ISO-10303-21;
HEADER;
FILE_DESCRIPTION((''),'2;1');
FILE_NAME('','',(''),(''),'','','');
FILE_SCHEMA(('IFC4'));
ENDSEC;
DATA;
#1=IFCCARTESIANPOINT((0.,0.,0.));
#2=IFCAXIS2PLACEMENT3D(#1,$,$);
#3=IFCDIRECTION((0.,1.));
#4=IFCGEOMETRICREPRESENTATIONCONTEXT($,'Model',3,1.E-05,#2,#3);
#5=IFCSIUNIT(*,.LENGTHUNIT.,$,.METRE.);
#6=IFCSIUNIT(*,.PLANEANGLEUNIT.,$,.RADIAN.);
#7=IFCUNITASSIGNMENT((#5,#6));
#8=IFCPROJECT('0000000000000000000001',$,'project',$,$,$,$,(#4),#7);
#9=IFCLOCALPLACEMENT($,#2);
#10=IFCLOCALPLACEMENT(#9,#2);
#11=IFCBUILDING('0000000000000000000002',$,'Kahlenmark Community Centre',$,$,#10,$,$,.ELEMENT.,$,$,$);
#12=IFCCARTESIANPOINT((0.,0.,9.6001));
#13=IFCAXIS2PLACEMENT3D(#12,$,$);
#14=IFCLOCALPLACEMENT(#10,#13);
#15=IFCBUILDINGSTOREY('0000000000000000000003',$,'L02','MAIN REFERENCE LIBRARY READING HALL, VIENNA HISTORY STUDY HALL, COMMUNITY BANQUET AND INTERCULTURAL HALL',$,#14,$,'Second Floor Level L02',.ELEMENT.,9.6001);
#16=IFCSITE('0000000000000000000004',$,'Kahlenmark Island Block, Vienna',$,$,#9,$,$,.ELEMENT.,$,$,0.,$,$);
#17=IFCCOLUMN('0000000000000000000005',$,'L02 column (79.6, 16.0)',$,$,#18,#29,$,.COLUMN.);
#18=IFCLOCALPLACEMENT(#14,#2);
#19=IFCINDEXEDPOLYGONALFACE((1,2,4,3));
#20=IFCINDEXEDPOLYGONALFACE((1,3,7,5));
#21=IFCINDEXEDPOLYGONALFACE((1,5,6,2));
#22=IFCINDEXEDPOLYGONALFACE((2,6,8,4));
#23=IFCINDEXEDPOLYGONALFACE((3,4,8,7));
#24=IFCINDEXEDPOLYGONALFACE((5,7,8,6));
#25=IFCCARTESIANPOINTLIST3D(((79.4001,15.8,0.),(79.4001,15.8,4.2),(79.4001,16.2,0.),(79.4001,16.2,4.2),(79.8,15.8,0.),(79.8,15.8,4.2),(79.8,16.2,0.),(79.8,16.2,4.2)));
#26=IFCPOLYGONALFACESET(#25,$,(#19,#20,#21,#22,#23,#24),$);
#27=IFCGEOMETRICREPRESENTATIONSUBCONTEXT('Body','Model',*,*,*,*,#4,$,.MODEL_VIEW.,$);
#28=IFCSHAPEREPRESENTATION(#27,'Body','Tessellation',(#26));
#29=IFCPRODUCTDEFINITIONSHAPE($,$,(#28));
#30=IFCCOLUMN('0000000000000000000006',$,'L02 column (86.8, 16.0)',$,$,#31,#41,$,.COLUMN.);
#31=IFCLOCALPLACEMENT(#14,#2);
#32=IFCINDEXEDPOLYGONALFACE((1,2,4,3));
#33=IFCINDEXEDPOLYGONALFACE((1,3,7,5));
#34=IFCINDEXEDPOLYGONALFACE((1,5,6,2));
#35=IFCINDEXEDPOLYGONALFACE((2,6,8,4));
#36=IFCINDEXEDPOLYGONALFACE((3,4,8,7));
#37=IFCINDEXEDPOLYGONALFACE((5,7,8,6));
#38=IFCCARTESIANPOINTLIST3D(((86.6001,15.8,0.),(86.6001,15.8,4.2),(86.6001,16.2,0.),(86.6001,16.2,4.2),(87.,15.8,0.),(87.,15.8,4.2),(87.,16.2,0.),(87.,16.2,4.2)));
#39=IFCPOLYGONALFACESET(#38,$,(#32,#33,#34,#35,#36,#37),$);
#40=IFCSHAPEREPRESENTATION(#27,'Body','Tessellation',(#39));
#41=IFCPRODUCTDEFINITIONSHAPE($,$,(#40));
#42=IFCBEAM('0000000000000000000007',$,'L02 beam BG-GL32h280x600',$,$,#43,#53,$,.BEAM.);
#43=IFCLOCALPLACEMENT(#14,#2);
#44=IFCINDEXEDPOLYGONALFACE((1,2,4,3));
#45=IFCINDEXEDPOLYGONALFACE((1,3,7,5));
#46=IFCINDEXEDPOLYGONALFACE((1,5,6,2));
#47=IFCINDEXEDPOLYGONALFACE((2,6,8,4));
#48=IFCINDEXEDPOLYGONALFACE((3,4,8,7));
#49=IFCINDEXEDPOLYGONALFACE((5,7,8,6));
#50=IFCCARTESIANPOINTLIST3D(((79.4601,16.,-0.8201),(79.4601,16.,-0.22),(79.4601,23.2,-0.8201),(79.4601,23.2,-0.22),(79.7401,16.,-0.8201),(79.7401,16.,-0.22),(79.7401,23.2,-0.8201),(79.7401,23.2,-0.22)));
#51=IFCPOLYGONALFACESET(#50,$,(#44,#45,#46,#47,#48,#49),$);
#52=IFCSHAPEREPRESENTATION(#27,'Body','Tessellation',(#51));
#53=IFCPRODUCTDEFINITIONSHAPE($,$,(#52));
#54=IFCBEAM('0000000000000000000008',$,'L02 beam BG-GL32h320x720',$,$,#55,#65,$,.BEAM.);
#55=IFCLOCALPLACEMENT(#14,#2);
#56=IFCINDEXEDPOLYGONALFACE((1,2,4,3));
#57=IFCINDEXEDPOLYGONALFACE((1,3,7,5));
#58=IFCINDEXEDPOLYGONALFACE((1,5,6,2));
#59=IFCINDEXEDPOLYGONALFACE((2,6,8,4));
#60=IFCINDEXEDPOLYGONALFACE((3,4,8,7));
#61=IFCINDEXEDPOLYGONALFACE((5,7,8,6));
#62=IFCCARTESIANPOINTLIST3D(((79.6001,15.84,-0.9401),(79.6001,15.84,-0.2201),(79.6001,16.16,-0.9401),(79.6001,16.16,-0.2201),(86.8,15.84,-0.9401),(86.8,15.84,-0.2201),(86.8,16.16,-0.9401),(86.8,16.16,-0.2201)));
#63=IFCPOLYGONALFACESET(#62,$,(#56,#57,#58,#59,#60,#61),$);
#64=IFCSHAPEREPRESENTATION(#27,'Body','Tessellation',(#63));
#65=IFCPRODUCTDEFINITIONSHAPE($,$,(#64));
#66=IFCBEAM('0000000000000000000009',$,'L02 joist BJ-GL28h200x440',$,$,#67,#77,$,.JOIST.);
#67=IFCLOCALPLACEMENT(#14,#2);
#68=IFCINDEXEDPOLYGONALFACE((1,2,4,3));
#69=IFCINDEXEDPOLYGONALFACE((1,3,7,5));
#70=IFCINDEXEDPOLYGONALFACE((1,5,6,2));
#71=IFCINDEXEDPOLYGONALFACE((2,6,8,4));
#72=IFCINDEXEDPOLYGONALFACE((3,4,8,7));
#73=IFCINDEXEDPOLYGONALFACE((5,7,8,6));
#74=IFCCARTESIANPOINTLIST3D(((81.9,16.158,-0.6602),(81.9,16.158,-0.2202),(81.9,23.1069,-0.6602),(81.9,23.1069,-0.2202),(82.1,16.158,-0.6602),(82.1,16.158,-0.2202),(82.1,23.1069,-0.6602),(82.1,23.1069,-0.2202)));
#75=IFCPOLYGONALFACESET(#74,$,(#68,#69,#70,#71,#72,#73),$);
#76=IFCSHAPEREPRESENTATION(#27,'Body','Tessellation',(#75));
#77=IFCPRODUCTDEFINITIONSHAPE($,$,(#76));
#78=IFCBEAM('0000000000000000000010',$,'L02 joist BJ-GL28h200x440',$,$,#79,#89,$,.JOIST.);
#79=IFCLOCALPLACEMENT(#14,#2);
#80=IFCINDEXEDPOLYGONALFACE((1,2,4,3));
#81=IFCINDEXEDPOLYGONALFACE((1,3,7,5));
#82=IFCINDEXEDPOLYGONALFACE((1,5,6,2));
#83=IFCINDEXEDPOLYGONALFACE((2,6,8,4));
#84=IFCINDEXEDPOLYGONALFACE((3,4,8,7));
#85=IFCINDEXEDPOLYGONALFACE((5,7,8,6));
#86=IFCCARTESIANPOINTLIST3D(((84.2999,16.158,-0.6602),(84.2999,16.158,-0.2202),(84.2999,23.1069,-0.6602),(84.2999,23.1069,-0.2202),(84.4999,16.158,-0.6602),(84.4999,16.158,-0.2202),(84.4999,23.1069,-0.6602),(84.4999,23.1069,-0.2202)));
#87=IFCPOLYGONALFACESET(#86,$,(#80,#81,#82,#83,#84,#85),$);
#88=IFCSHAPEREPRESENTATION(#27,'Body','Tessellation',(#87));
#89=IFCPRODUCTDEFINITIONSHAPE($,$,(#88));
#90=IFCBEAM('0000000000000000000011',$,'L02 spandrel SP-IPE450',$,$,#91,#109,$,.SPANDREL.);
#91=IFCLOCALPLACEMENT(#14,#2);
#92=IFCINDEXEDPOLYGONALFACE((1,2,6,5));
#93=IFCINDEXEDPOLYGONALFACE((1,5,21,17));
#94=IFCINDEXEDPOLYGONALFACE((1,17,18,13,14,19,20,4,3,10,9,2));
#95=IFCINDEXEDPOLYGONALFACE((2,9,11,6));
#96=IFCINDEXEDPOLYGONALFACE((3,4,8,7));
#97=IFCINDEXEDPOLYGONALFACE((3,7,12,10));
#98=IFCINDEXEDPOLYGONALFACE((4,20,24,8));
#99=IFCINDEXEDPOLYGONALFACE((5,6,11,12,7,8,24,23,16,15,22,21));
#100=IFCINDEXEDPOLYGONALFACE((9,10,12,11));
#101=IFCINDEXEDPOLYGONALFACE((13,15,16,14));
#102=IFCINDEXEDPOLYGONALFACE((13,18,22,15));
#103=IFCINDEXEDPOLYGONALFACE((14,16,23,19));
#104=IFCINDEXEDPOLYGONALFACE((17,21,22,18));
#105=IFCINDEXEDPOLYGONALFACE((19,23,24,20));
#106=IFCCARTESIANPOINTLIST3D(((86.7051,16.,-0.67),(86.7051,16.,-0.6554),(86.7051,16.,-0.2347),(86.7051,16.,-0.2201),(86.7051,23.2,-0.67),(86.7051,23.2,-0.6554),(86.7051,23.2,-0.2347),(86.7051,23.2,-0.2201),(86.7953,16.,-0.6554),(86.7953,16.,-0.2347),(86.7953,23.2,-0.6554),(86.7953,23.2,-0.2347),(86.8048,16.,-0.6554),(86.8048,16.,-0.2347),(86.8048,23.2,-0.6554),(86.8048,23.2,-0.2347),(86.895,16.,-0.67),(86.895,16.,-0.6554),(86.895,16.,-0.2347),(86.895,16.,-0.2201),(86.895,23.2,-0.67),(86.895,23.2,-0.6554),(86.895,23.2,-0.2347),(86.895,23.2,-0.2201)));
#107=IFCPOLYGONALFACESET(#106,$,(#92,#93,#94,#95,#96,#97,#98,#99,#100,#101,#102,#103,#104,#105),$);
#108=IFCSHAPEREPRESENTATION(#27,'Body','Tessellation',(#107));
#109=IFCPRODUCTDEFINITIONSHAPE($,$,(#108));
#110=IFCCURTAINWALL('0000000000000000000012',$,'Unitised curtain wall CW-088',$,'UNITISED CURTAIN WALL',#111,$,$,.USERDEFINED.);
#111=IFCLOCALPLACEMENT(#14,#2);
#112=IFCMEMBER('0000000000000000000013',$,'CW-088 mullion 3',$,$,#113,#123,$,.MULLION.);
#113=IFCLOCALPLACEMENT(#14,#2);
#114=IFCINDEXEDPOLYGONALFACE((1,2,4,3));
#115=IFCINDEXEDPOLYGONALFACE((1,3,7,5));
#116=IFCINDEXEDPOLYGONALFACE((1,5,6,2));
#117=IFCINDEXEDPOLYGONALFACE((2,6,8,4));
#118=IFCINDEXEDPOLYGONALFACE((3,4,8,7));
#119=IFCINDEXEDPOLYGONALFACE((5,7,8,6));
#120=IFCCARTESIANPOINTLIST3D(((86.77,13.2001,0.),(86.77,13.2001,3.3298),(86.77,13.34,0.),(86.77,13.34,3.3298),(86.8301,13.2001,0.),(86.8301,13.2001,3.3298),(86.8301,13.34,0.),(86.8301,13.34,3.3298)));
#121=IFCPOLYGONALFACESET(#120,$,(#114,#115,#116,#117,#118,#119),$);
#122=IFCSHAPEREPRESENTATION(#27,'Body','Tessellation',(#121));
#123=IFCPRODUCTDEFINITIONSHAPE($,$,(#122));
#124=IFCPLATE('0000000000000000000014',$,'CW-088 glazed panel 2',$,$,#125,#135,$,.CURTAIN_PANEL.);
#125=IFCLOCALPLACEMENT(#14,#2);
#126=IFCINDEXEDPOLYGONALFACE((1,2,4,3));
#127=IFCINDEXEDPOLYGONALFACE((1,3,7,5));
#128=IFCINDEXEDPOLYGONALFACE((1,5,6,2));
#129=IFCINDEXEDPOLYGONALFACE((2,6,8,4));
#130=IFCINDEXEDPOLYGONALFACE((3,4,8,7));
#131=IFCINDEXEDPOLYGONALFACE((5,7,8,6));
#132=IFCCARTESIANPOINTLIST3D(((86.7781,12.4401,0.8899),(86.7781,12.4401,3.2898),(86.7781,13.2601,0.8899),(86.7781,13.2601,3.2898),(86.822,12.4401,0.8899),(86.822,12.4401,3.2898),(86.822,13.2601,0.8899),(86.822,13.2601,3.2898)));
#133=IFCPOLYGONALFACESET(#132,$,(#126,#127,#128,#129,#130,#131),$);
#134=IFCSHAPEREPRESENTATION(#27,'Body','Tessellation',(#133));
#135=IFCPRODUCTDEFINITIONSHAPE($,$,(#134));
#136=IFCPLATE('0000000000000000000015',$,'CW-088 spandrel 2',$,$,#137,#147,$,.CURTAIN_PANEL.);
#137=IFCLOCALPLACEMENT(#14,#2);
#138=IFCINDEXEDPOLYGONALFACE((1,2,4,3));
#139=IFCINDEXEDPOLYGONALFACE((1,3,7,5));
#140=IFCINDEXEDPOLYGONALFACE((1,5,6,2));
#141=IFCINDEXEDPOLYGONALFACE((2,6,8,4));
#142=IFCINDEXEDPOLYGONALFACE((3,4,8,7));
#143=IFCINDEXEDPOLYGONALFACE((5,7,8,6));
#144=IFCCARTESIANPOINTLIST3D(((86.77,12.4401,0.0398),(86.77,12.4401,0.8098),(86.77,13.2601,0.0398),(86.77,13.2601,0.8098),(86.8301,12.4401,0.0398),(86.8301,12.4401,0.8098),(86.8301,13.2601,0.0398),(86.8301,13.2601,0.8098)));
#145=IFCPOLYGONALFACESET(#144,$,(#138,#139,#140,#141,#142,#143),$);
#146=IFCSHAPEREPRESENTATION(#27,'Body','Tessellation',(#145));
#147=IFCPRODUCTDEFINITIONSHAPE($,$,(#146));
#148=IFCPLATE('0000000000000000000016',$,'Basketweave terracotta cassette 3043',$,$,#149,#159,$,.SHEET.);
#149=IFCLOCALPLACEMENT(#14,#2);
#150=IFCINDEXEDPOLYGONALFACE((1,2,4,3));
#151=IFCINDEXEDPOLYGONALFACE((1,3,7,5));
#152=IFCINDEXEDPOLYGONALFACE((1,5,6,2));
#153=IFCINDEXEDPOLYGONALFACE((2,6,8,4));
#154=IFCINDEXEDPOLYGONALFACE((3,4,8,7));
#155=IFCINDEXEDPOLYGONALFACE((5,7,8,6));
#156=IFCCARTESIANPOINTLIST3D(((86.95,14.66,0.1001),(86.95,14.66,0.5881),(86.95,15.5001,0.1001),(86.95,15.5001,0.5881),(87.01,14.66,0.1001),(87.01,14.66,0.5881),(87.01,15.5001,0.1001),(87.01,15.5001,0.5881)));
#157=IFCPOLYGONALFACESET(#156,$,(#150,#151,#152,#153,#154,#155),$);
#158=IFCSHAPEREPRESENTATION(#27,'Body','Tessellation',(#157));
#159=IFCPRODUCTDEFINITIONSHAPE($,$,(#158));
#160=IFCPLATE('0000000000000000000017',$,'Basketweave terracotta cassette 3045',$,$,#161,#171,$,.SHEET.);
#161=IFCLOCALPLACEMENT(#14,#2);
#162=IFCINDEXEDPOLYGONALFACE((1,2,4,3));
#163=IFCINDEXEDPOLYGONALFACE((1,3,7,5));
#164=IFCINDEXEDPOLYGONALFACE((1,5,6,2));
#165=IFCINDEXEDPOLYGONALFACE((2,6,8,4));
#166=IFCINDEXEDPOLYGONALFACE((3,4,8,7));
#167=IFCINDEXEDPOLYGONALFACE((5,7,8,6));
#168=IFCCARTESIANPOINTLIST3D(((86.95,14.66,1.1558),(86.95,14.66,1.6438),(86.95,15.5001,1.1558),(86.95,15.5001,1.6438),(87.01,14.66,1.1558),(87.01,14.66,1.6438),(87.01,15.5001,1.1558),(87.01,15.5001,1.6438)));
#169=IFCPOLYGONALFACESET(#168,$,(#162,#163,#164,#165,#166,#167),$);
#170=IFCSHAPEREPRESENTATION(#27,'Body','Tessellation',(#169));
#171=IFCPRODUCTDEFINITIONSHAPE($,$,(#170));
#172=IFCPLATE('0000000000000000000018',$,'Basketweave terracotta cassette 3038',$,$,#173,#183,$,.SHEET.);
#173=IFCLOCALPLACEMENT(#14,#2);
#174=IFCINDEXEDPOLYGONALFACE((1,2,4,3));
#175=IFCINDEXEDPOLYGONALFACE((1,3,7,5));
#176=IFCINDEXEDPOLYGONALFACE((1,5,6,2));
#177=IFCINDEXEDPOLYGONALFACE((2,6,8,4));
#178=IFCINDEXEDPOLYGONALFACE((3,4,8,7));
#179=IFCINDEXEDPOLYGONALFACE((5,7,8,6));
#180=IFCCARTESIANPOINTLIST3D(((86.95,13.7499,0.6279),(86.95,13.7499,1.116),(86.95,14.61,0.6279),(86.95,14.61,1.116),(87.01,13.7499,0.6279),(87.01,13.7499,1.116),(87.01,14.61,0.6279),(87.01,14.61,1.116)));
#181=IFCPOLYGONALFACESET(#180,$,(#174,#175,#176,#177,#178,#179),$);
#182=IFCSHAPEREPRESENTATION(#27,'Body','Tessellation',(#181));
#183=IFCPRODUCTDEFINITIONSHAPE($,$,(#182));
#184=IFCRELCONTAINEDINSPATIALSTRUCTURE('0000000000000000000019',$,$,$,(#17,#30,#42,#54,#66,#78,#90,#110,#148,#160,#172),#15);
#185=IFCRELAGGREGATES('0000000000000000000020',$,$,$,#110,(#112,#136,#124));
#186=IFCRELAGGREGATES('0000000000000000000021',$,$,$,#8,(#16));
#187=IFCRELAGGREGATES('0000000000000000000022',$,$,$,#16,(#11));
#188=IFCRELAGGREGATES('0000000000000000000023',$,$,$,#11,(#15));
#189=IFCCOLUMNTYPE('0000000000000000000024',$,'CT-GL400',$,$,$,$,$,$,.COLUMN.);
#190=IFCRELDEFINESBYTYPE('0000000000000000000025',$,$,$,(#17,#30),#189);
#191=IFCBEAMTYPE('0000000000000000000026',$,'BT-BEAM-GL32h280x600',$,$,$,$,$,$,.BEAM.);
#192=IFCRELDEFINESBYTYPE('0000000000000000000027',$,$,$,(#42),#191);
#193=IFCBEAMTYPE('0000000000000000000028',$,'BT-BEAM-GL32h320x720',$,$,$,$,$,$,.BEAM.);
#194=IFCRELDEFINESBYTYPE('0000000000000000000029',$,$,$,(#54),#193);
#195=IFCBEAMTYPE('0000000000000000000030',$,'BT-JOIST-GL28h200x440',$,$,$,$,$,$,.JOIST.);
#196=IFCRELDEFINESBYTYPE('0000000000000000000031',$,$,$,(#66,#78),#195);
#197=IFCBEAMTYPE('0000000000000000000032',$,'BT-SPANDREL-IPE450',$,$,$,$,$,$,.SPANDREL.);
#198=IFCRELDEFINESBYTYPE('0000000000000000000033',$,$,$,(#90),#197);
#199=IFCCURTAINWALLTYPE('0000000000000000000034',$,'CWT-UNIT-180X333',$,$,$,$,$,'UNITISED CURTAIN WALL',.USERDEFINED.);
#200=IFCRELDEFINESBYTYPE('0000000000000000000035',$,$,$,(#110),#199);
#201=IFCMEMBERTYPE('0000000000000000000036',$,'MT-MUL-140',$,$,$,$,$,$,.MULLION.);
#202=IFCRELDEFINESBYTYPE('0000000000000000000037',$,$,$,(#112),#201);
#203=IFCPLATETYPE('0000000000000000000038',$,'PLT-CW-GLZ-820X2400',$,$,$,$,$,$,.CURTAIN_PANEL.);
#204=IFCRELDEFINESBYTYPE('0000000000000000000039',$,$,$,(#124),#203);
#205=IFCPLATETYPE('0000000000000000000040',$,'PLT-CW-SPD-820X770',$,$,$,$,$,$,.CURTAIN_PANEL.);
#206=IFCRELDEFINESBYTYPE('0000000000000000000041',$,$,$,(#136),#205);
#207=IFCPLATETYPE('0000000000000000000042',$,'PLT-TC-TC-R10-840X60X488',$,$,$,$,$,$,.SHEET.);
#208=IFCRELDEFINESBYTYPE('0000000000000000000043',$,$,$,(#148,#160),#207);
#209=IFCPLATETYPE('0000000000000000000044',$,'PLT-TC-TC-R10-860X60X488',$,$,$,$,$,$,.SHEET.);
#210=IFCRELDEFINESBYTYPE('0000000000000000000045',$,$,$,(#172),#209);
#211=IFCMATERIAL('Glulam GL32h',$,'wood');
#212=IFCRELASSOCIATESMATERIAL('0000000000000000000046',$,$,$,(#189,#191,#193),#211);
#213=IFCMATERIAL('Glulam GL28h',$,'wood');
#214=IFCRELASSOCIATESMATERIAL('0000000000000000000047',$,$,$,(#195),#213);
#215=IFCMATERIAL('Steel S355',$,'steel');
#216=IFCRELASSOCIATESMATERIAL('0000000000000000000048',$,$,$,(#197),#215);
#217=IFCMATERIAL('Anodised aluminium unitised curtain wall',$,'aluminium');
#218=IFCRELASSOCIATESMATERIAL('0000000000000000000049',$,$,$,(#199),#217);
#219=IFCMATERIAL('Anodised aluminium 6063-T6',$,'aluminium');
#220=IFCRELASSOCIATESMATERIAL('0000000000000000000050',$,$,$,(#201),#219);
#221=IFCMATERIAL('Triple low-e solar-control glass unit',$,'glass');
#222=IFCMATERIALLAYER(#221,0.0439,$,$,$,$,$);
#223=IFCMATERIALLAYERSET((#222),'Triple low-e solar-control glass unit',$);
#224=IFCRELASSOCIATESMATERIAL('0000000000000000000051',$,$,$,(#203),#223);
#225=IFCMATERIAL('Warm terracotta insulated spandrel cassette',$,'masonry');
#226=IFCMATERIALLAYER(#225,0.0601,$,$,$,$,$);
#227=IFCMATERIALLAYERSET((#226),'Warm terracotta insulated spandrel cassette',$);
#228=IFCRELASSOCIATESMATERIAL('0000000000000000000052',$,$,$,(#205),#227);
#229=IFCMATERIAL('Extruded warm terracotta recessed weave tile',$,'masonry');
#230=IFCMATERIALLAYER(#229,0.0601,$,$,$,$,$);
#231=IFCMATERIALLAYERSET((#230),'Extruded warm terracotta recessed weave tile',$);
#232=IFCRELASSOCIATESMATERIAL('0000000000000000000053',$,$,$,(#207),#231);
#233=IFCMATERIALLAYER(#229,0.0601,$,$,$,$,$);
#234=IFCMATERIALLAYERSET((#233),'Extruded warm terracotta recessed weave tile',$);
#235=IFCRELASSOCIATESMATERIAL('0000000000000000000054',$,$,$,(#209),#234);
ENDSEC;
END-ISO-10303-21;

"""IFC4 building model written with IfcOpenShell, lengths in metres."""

from ifc_helpers import new_model, si_unit, direction, frame, origin, origin_2d, place, context, subcontext, project, spatial, rectangle, i_section, extrude, material, layer, layer_set, material_profile, profile_set, type_object, element, aggregate, save


model = new_model("IFC4")

# Units and contexts
model_context = context("Model", 3, precision=1e-05, world=origin(), true_north=direction((0.0, 1.0)))
body_context = subcontext(model_context, "Body", "Model", "MODEL_VIEW")
ifc_project = project(units=[si_unit("LENGTHUNIT", "METRE"), si_unit("PLANEANGLEUNIT", "RADIAN")], contexts=[model_context])

# Site, building, storey
site_placement = place(None, origin())
site = spatial("IfcSite", under=ifc_project, at=site_placement, Name="Kahlenmark Island Block, Vienna", CompositionType="ELEMENT", RefElevation=0.0)
building_placement = place(site_placement, origin())
building = spatial("IfcBuilding", under=site, at=building_placement, Name="Kahlenmark Community Centre", CompositionType="ELEMENT")
storey_placement = place(building_placement, frame((0.0, 0.0, 9.6001)))
storey = spatial("IfcBuildingStorey", under=building, at=storey_placement, Name="L02", Description="MAIN REFERENCE LIBRARY READING HALL, VIENNA HISTORY STUDY HALL, COMMUNITY BANQUET AND INTERCULTURAL HALL", LongName="Second Floor Level L02", CompositionType="ELEMENT", Elevation=9.6001)

# Columns
ifc_material_1 = material(Name="Glulam GL32h", Category="wood")
ifc_material_profile_1 = material_profile(ifc_material_1, rectangle(XDim=0.3999, YDim=0.3999, at=origin_2d()), Name="GL32h 400x400")
ifc_profile_set_1 = profile_set([ifc_material_profile_1], Name="Glulam GL32h")
column_type = type_object("IfcColumnType", Name="CT-GL400", PredefinedType="COLUMN", material=ifc_profile_set_1)
for number, where, z_axis, x_axis, name in (
    (1, (79.6001, 16.0, 0.0), (0.0, 0.0, 1.0), (1.0, 0.0, 0.0), "L02 column (79.6, 16.0)"),
    (2, (86.8, 16.0, 0.0), (0.0, 0.0, 1.0), (1.0, 0.0, 0.0), "L02 column (86.8, 16.0)"),
):
    element("IfcColumn", number, at=place(storey_placement, frame(where, z_axis=z_axis, x_axis=x_axis)), inside=storey, type_object=column_type, Name=name, PredefinedType="COLUMN", context=body_context, shape_type="SweptSolid", body=[
        extrude(rectangle(XDim=0.3999, YDim=0.3999, at=origin_2d()), origin(), (0.0, 0.0, 1.0), 4.2),
    ])

# Beams
ifc_material_profile_2 = material_profile(ifc_material_1, rectangle(XDim=0.28, YDim=0.6001, at=origin_2d()), Name="GL32h 280x600")
ifc_profile_set_2 = profile_set([ifc_material_profile_2], Name="Glulam GL32h")
beam_type_1 = type_object("IfcBeamType", Name="BT-BEAM-GL32h280x600", PredefinedType="BEAM", material=ifc_profile_set_2)
beam_1_placement = place(storey_placement, frame((79.6001, 16.0, -0.52), z_axis=(0.0, 1.0, 0.0), x_axis=(-1.0, 0.0, 0.0)))
element("IfcBeam", 3, at=beam_1_placement, inside=storey, type_object=beam_type_1, Name="L02 beam BG-GL32h280x600", PredefinedType="BEAM", context=body_context, shape_type="SweptSolid", body=[
    extrude(rectangle(XDim=0.28, YDim=0.6001, at=origin_2d()), origin(), (0.0, 0.0, 1.0), 7.2),
])
ifc_material_profile_3 = material_profile(ifc_material_1, rectangle(XDim=0.3201, YDim=0.72, at=origin_2d()), Name="GL32h 320x720")
ifc_profile_set_3 = profile_set([ifc_material_profile_3], Name="Glulam GL32h")
beam_type_2 = type_object("IfcBeamType", Name="BT-BEAM-GL32h320x720", PredefinedType="BEAM", material=ifc_profile_set_3)
beam_2_placement = place(storey_placement, frame((79.6001, 16.0, -0.5801), z_axis=(1.0, 0.0, 0.0), x_axis=(0.0, 1.0, 0.0)))
element("IfcBeam", 4, at=beam_2_placement, inside=storey, type_object=beam_type_2, Name="L02 beam BG-GL32h320x720", PredefinedType="BEAM", context=body_context, shape_type="SweptSolid", body=[
    extrude(rectangle(XDim=0.3201, YDim=0.72, at=origin_2d()), origin(), (0.0, 0.0, 1.0), 7.2),
])
ifc_material_2 = material(Name="Glulam GL28h", Category="wood")
ifc_material_profile_4 = material_profile(ifc_material_2, rectangle(XDim=0.2, YDim=0.4399, at=origin_2d()), Name="GL28h 200x440")
ifc_profile_set_4 = profile_set([ifc_material_profile_4], Name="Glulam GL28h")
beam_type_3 = type_object("IfcBeamType", Name="BT-JOIST-GL28h200x440", PredefinedType="JOIST", material=ifc_profile_set_4)
for number, where, z_axis, x_axis, name in (
    (5, (82.0, 16.158, -0.4402), (0.0, 1.0, 0.0), (-1.0, 0.0, 0.0), "L02 joist BJ-GL28h200x440"),
    (6, (84.3999, 16.158, -0.4402), (0.0, 1.0, 0.0), (-1.0, 0.0, 0.0), "L02 joist BJ-GL28h200x440"),
):
    element("IfcBeam", number, at=place(storey_placement, frame(where, z_axis=z_axis, x_axis=x_axis)), inside=storey, type_object=beam_type_3, Name=name, PredefinedType="JOIST", context=body_context, shape_type="SweptSolid", body=[
        extrude(rectangle(XDim=0.2, YDim=0.4399, at=origin_2d()), origin(), (0.0, 0.0, 1.0), 6.949),
    ])
ifc_material_3 = material(Name="Steel S355", Category="steel")
ifc_material_profile_5 = material_profile(ifc_material_3, i_section(OverallWidth=0.1899, OverallDepth=0.45, WebThickness=0.0095, FlangeThickness=0.0146, at=origin_2d()), Name="IPE 450")
ifc_profile_set_5 = profile_set([ifc_material_profile_5], Name="Steel S355")
beam_type_4 = type_object("IfcBeamType", Name="BT-SPANDREL-IPE450", PredefinedType="SPANDREL", material=ifc_profile_set_5)
beam_3_placement = place(storey_placement, frame((86.8, 16.0, -0.4451), z_axis=(0.0, 1.0, 0.0), x_axis=(-1.0, 0.0, 0.0)))
element("IfcBeam", 7, at=beam_3_placement, inside=storey, type_object=beam_type_4, Name="L02 spandrel SP-IPE450", PredefinedType="SPANDREL", context=body_context, shape_type="SweptSolid", body=[
    extrude(i_section(OverallWidth=0.1899, OverallDepth=0.45, WebThickness=0.0095, FlangeThickness=0.0146, at=origin_2d()), origin(), (0.0, 0.0, 1.0), 7.2),
])

# Curtain wall, member, plates
ifc_material_4 = material(Name="Anodised aluminium unitised curtain wall", Category="aluminium")
curtain_wall_type = type_object("IfcCurtainWallType", Name="CWT-UNIT-180X333", ElementType="UNITISED CURTAIN WALL", PredefinedType="USERDEFINED", material=ifc_material_4)
curtain_wall_placement = place(storey_placement, origin())
curtain_wall = element("IfcCurtainWall", 8, at=curtain_wall_placement, inside=storey, type_object=curtain_wall_type, Name="Unitised curtain wall CW-088", ObjectType="UNITISED CURTAIN WALL", PredefinedType="USERDEFINED")
ifc_material_5 = material(Name="Anodised aluminium 6063-T6", Category="aluminium")
ifc_material_profile_6 = material_profile(ifc_material_5, rectangle(XDim=0.0601, YDim=0.1399, at=origin_2d()), Name="ALU MULLION 60x140")
ifc_profile_set_6 = profile_set([ifc_material_profile_6], Name="Anodised aluminium 6063-T6")
member_type = type_object("IfcMemberType", Name="MT-MUL-140", PredefinedType="MULLION", material=ifc_profile_set_6)
member_placement = place(storey_placement, frame((86.8, 13.27, 0.0), z_axis=(0.0, 0.0, 1.0), x_axis=(-1.0, 0.0, 0.0)))
member = element("IfcMember", 9, at=member_placement, type_object=member_type, Name="CW-088 mullion 3", PredefinedType="MULLION", context=body_context, shape_type="SweptSolid", body=[
    extrude(rectangle(XDim=0.0601, YDim=0.1399, at=origin_2d()), origin(), (0.0, 0.0, 1.0), 3.3298),
])
ifc_material_6 = material(Name="Triple low-e solar-control glass unit", Category="glass")
ifc_layer_1 = layer(ifc_material_6, 0.0439)
ifc_layer_set_1 = layer_set([ifc_layer_1], Name="Triple low-e solar-control glass unit")
plate_type_1 = type_object("IfcPlateType", Name="PLT-CW-GLZ-820X2400", PredefinedType="CURTAIN_PANEL", material=ifc_layer_set_1)
plate_1_placement = place(storey_placement, frame((86.8, 12.8501, 0.8899), z_axis=(0.0, 0.0, 1.0), x_axis=(0.0, 1.0, 0.0)))
plate_1 = element("IfcPlate", 10, at=plate_1_placement, type_object=plate_type_1, Name="CW-088 glazed panel 2", PredefinedType="CURTAIN_PANEL", context=body_context, shape_type="SweptSolid", body=[
    extrude(rectangle(XDim=0.8201, YDim=0.0439, at=origin_2d()), origin(), (0.0, 0.0, 1.0), 2.3999),
])
ifc_material_7 = material(Name="Warm terracotta insulated spandrel cassette", Category="masonry")
ifc_layer_2 = layer(ifc_material_7, 0.0601)
ifc_layer_set_2 = layer_set([ifc_layer_2], Name="Warm terracotta insulated spandrel cassette")
plate_type_2 = type_object("IfcPlateType", Name="PLT-CW-SPD-820X770", PredefinedType="CURTAIN_PANEL", material=ifc_layer_set_2)
plate_2_placement = place(storey_placement, frame((86.8, 12.8501, 0.0398), z_axis=(0.0, 0.0, 1.0), x_axis=(0.0, 1.0, 0.0)))
plate_2 = element("IfcPlate", 11, at=plate_2_placement, type_object=plate_type_2, Name="CW-088 spandrel 2", PredefinedType="CURTAIN_PANEL", context=body_context, shape_type="SweptSolid", body=[
    extrude(rectangle(XDim=0.8201, YDim=0.0601, at=origin_2d()), origin(), (0.0, 0.0, 1.0), 0.77),
])
aggregate(curtain_wall, [member, plate_2, plate_1])

# Plates
ifc_material_8 = material(Name="Extruded warm terracotta recessed weave tile", Category="masonry")
ifc_layer_3 = layer(ifc_material_8, 0.0601)
ifc_layer_set_3 = layer_set([ifc_layer_3], Name="Extruded warm terracotta recessed weave tile")
plate_type_3 = type_object("IfcPlateType", Name="PLT-TC-TC-R10-840X60X488", PredefinedType="SHEET", material=ifc_layer_set_3)
for number, where, z_axis, x_axis, name in (
    (12, (86.98, 15.0801, 0.1001), (0.0, 0.0, 1.0), (0.0, 1.0, 0.0), "Basketweave terracotta cassette 3043"),
    (13, (86.98, 15.0801, 1.1558), (0.0, 0.0, 1.0), (0.0, 1.0, 0.0), "Basketweave terracotta cassette 3045"),
):
    element("IfcPlate", number, at=place(storey_placement, frame(where, z_axis=z_axis, x_axis=x_axis)), inside=storey, type_object=plate_type_3, Name=name, PredefinedType="SHEET", context=body_context, shape_type="SweptSolid", body=[
        extrude(rectangle(XDim=0.8401, YDim=0.0601, at=origin_2d()), origin(), (0.0, 0.0, 1.0), 0.488),
    ])
ifc_layer_4 = layer(ifc_material_8, 0.0601)
ifc_layer_set_4 = layer_set([ifc_layer_4], Name="Extruded warm terracotta recessed weave tile")
plate_type_4 = type_object("IfcPlateType", Name="PLT-TC-TC-R10-860X60X488", PredefinedType="SHEET", material=ifc_layer_set_4)
for number, where, z_axis, x_axis, name in (
    (14, (86.98, 14.1799, 0.6279), (0.0, 0.0, 1.0), (0.0, 1.0, 0.0), "Basketweave terracotta cassette 3038"),
):
    element("IfcPlate", number, at=place(storey_placement, frame(where, z_axis=z_axis, x_axis=x_axis)), inside=storey, type_object=plate_type_4, Name=name, PredefinedType="SHEET", context=body_context, shape_type="SweptSolid", body=[
        extrude(rectangle(XDim=0.8601, YDim=0.0601, at=origin_2d()), origin(), (0.0, 0.0, 1.0), 0.488),
    ])

save(model, "model.ifc")
